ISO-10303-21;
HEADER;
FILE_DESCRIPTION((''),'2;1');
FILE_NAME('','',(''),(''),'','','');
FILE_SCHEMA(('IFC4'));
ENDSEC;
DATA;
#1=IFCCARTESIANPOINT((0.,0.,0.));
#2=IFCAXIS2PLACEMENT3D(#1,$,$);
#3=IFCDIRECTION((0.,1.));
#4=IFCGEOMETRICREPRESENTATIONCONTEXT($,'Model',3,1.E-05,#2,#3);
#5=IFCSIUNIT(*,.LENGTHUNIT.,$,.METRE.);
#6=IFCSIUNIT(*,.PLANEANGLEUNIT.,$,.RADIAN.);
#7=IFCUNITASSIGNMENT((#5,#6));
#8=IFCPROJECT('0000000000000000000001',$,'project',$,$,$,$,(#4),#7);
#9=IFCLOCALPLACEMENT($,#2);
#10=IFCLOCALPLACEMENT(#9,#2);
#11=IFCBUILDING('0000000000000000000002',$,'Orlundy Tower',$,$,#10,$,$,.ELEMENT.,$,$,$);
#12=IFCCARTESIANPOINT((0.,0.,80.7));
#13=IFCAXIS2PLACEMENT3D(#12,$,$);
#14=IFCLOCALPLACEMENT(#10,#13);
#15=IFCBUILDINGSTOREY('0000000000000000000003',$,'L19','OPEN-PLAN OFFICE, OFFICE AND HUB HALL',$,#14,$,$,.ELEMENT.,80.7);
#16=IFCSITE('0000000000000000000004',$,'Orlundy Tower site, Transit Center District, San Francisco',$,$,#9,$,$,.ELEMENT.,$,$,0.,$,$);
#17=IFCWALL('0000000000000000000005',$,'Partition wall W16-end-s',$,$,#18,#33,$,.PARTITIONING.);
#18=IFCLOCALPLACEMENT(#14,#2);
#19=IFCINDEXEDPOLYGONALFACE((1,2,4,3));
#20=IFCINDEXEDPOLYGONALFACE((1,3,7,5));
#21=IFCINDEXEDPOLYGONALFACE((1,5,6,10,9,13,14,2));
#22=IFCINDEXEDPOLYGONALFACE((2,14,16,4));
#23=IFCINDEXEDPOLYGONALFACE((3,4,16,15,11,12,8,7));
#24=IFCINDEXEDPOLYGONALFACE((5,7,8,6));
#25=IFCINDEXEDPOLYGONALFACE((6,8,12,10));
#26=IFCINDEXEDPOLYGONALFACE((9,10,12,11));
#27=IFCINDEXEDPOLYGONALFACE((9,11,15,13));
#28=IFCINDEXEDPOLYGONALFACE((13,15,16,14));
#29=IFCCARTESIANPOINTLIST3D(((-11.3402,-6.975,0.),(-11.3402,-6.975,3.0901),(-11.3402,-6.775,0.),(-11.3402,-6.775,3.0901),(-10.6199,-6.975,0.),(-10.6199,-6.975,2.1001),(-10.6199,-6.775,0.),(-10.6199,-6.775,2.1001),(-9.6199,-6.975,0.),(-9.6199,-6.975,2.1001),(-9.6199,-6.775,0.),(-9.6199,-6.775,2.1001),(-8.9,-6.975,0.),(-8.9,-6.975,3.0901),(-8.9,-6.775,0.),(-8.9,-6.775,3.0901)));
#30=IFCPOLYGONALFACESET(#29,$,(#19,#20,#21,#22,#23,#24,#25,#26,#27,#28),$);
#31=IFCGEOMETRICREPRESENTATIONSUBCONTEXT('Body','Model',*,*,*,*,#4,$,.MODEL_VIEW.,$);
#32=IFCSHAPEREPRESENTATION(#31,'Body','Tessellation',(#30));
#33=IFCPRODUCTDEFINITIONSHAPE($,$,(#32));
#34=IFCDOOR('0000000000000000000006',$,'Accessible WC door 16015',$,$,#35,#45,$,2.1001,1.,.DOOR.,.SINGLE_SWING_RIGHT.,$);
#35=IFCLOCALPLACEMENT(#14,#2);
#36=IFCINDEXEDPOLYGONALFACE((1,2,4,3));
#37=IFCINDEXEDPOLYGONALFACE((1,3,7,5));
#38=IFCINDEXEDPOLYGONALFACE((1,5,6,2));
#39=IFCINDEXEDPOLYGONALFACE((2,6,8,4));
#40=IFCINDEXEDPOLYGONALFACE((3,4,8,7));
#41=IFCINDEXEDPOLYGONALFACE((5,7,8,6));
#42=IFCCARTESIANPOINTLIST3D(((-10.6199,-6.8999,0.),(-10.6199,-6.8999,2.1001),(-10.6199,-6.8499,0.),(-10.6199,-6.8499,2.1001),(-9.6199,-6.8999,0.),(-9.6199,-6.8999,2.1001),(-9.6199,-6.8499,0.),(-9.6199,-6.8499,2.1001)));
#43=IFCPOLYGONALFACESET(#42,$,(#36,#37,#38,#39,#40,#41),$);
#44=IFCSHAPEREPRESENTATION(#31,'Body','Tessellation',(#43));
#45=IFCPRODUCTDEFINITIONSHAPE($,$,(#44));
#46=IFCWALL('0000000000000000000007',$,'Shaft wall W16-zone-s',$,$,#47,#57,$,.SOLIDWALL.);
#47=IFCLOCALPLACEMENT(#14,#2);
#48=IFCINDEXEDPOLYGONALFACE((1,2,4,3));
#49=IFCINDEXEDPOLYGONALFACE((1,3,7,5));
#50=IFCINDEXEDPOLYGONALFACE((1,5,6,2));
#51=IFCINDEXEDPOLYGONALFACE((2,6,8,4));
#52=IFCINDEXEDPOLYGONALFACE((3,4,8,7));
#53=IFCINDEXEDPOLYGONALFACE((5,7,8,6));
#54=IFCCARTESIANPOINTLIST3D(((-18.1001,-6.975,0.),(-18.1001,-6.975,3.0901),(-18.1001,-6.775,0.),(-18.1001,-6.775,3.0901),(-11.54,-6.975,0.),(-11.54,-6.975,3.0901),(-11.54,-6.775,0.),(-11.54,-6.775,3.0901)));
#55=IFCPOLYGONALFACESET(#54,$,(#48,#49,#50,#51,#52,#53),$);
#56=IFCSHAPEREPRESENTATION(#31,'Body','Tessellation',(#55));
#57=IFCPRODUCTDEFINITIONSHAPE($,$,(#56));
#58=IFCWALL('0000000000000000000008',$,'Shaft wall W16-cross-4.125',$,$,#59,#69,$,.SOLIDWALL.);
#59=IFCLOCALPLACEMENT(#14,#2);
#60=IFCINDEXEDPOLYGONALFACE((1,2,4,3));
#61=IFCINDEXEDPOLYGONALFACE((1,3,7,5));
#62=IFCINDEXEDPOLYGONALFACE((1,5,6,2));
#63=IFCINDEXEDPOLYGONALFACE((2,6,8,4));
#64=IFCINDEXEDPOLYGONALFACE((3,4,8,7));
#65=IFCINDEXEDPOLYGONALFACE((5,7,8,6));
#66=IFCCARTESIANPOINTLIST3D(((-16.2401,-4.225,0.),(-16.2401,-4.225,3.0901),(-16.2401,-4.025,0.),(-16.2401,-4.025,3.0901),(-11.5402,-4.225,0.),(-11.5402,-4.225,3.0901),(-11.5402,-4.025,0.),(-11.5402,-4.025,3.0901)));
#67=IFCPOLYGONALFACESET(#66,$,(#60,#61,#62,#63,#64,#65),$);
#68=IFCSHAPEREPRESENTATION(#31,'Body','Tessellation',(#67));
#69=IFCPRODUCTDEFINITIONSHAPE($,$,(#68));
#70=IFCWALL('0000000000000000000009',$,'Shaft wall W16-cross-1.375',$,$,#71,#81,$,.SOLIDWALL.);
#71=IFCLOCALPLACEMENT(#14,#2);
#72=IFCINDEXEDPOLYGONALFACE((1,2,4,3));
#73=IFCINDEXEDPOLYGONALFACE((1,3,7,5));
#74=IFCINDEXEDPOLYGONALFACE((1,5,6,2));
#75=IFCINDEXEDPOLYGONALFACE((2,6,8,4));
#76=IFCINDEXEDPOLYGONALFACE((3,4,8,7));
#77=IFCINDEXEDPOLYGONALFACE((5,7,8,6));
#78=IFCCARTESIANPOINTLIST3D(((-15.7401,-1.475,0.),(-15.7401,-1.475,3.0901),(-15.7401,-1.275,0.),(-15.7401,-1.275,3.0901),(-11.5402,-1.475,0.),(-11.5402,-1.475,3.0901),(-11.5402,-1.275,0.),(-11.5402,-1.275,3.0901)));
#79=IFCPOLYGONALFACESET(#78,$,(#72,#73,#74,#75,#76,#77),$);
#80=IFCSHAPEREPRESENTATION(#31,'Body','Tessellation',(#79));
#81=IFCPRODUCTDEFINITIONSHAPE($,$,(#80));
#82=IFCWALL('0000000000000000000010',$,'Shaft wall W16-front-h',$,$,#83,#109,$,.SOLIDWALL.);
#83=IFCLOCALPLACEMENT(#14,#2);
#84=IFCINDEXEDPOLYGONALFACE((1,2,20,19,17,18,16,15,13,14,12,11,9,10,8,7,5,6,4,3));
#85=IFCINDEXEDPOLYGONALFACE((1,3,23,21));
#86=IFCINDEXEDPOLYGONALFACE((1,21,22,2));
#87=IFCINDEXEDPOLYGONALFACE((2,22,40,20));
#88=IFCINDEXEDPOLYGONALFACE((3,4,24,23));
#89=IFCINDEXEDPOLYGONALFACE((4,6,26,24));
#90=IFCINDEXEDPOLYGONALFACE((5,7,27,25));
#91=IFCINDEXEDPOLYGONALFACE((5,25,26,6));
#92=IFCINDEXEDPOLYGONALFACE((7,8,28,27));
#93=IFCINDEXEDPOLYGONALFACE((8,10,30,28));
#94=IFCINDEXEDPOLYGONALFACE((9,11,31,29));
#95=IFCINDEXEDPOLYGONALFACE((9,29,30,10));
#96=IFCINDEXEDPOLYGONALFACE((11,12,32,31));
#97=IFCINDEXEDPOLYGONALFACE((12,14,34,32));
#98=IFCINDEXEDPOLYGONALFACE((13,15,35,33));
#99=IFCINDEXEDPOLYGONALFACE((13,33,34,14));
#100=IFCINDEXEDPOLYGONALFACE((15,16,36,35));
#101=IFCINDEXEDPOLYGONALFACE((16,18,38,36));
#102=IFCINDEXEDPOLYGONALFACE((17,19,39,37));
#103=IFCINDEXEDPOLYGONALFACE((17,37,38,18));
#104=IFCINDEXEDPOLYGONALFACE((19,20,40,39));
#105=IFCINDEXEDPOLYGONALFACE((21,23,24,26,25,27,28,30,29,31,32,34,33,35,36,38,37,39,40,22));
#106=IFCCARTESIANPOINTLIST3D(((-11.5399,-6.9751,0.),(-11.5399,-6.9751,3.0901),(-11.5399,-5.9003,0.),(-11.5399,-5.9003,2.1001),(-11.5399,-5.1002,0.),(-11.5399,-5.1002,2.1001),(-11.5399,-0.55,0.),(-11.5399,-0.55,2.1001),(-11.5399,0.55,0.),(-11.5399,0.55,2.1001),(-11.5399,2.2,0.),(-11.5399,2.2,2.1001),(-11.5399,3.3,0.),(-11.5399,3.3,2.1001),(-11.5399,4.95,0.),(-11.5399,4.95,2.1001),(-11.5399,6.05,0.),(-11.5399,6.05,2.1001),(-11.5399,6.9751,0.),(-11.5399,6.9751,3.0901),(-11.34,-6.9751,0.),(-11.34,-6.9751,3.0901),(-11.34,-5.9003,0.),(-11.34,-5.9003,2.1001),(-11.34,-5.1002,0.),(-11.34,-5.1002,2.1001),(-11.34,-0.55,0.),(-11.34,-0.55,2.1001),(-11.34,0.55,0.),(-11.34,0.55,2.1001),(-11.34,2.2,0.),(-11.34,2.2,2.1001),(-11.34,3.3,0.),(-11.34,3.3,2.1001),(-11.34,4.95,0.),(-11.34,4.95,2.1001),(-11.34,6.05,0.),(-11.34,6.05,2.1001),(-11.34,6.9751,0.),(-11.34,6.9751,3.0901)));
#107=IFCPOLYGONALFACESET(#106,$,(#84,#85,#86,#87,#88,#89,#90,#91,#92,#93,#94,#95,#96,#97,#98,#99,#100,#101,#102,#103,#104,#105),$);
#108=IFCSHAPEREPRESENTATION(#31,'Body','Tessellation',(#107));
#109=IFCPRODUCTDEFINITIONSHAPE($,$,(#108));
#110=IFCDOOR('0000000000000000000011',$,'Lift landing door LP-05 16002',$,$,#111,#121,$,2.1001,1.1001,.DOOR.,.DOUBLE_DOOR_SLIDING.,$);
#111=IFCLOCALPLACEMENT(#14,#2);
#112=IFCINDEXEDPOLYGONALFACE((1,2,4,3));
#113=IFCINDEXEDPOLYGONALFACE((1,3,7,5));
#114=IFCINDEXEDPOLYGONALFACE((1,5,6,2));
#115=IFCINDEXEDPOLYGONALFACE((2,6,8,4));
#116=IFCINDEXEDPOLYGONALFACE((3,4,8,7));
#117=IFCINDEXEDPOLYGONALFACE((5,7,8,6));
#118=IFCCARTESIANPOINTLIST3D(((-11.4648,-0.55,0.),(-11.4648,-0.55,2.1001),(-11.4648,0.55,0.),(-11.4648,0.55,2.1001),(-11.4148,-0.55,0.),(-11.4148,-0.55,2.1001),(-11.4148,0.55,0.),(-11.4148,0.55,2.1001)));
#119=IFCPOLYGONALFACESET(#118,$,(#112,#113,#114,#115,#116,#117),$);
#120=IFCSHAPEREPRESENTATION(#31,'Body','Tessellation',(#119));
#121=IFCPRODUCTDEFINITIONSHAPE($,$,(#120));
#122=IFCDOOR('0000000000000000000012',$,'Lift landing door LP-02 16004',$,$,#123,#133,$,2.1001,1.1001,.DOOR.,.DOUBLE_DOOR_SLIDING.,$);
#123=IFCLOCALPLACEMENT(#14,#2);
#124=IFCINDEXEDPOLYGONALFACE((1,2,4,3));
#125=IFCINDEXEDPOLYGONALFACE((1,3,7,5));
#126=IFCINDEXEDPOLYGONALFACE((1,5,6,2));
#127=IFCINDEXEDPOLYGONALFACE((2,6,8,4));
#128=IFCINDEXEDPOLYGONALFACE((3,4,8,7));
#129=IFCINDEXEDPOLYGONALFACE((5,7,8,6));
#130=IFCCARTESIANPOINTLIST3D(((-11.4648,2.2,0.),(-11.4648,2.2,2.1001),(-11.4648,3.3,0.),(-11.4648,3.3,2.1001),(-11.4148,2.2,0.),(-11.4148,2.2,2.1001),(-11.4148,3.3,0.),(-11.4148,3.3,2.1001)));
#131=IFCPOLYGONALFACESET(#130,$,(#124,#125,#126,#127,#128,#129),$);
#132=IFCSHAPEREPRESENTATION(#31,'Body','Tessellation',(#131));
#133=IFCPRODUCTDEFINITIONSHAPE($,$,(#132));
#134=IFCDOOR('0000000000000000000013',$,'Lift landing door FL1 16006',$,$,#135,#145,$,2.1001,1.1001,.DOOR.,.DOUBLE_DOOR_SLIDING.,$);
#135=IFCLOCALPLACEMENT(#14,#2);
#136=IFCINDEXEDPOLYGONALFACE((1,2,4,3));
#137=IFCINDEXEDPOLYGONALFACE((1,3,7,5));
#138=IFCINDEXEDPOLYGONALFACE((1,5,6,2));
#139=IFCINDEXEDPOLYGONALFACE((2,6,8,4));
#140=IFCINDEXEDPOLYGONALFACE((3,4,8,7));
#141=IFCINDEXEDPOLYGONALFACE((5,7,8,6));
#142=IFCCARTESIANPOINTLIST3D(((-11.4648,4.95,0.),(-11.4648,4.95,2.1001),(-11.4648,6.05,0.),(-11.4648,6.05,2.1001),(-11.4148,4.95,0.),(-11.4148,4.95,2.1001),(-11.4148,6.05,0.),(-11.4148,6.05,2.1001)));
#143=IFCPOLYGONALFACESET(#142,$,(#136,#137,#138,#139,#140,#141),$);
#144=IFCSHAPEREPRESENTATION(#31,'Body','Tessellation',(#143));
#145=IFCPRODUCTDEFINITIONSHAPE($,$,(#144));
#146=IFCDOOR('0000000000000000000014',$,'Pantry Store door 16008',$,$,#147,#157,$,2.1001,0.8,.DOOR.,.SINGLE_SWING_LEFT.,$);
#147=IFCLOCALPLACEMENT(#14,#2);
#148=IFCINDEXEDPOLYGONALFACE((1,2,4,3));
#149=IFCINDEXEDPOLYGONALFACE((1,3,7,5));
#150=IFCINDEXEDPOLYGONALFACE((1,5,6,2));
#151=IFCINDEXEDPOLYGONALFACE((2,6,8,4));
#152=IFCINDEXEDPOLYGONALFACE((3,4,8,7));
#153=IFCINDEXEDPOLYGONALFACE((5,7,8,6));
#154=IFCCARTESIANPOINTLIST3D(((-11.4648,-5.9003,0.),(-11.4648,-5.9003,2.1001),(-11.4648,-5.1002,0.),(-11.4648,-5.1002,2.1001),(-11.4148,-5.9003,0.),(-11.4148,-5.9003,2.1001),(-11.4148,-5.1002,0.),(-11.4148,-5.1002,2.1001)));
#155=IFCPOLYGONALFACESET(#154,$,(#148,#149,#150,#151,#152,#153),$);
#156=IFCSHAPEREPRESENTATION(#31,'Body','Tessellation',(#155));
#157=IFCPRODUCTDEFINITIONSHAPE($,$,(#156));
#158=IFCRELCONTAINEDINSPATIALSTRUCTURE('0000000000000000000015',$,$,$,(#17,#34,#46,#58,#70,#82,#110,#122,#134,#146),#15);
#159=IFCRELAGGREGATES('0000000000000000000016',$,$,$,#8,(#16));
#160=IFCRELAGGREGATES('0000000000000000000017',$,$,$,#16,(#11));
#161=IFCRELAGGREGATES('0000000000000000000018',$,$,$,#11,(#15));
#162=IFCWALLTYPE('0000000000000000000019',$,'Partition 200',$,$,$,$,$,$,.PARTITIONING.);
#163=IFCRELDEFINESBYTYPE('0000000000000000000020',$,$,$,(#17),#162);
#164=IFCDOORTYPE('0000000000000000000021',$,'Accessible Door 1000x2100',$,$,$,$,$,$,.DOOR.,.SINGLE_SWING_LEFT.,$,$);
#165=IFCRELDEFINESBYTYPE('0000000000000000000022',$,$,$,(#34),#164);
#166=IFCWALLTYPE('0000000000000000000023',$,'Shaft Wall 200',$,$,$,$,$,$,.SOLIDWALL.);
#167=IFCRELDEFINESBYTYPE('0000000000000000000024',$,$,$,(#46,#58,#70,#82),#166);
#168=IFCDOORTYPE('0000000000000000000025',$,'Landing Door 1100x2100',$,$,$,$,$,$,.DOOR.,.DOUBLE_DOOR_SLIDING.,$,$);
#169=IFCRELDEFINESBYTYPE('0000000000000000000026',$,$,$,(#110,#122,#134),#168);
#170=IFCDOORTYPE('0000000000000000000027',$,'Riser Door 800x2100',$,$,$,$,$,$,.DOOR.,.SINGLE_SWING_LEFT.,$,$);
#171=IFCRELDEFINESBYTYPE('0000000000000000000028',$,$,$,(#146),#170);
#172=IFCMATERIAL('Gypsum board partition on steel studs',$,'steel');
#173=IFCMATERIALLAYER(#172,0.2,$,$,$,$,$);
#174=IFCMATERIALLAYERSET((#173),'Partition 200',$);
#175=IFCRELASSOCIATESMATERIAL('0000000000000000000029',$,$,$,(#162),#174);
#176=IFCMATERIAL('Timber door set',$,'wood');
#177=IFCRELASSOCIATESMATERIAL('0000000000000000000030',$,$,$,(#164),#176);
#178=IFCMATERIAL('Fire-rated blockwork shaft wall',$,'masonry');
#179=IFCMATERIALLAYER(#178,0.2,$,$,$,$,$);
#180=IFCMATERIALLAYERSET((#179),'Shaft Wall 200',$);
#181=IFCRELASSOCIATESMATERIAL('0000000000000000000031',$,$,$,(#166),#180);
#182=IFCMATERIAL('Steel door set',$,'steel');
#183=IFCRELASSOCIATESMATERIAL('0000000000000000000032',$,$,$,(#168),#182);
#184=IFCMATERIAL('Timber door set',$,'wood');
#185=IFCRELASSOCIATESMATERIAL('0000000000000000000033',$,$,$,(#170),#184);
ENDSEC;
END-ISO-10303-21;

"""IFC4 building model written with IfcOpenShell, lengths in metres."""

from ifc_helpers import new_model, si_unit, direction, frame, frame_2d, origin, place, context, subcontext, project, spatial, rectangle, extrude, material, layer, layer_set, type_object, element, fill, save


model = new_model("IFC4")

# Units and contexts
model_context = context("Model", 3, precision=1e-05, world=origin(), true_north=direction((0.0, 1.0)))
body_context = subcontext(model_context, "Body", "Model", "MODEL_VIEW")
ifc_project = project(units=[si_unit("LENGTHUNIT", "METRE"), si_unit("PLANEANGLEUNIT", "RADIAN")], contexts=[model_context])

# Site, building, storey
site_placement = place(None, origin())
site = spatial("IfcSite", under=ifc_project, at=site_placement, Name="Orlundy Tower site, Transit Center District, San Francisco", CompositionType="ELEMENT", RefElevation=0.0)
building_placement = place(site_placement, origin())
building = spatial("IfcBuilding", under=site, at=building_placement, Name="Orlundy Tower", CompositionType="ELEMENT")
storey_placement = place(building_placement, frame((0.0, 0.0, 80.7)))
storey = spatial("IfcBuildingStorey", under=building, at=storey_placement, Name="L19", Description="OPEN-PLAN OFFICE, OFFICE AND HUB HALL", CompositionType="ELEMENT", Elevation=80.7)

# Wall, opening, door
ifc_material_1 = material(Name="Gypsum board partition on steel studs", Category="steel")
ifc_layer_1 = layer(ifc_material_1, 0.2)
ifc_layer_set_1 = layer_set([ifc_layer_1], Name="Partition 200")
wall_type_1 = type_object("IfcWallType", Name="Partition 200", PredefinedType="PARTITIONING", material=ifc_layer_set_1)
wall_1_placement = place(storey_placement, frame((-8.8999, -6.875, 0.0), z_axis=(0.0, 0.0, 1.0), x_axis=(-1.0, 0.0, 0.0)))
wall_1 = element("IfcWall", 1, at=wall_1_placement, inside=storey, type_object=wall_type_1, Name="Partition wall W16-end-s", PredefinedType="PARTITIONING", context=body_context, shape_type="SweptSolid", body=[
    extrude(rectangle(XDim=2.4402, YDim=0.2, at=frame_2d((1.2202, 0.0))), origin(), (0.0, 0.0, 1.0), 3.0901),
])
opening_1_placement = place(wall_1_placement, frame((0.72, 0.0, 0.0)))
opening_1 = element("IfcOpeningElement", 2, at=opening_1_placement, cuts=wall_1, PredefinedType="OPENING", context=body_context, shape_type="SweptSolid", body=[
    extrude(rectangle(XDim=1.0, YDim=2.1001, at=frame_2d((0.5, 1.05))), frame((0.0, 0.1101, 0.0), z_axis=(0.0, -1.0, 0.0), x_axis=(1.0, 0.0, 0.0)), (0.0, 0.0, 1.0), 0.2202),
])
ifc_material_2 = material(Name="Timber door set", Category="wood")
door_type_1 = type_object("IfcDoorType", Name="Accessible Door 1000x2100", OperationType="SINGLE_SWING_LEFT", PredefinedType="DOOR", material=ifc_material_2)
door_1_placement = place(opening_1_placement, origin())
door_1 = element("IfcDoor", 3, at=door_1_placement, inside=storey, type_object=door_type_1, Name="Accessible WC door 16015", OperationType="SINGLE_SWING_RIGHT", OverallHeight=2.1001, OverallWidth=1.0, PredefinedType="DOOR", context=body_context, shape_type="SweptSolid", body=[
    extrude(rectangle(XDim=1.0, YDim=2.1001, at=frame_2d((0.5, 1.05))), frame((0.0, 0.0249, 0.0), z_axis=(0.0, -1.0, 0.0), x_axis=(1.0, 0.0, 0.0)), (0.0, 0.0, 1.0), 0.05),
])
fill(opening_1, door_1)

# Walls
ifc_material_3 = material(Name="Fire-rated blockwork shaft wall", Category="masonry")
ifc_layer_2 = layer(ifc_material_3, 0.2)
ifc_layer_set_2 = layer_set([ifc_layer_2], Name="Shaft Wall 200")
wall_type_2 = type_object("IfcWallType", Name="Shaft Wall 200", PredefinedType="SOLIDWALL", material=ifc_layer_set_2)
wall_2_placement = place(storey_placement, frame((-11.54, -6.875, 0.0), z_axis=(0.0, 0.0, 1.0), x_axis=(-1.0, 0.0, 0.0)))
element("IfcWall", 4, at=wall_2_placement, inside=storey, type_object=wall_type_2, Name="Shaft wall W16-zone-s", PredefinedType="SOLIDWALL", context=body_context, shape_type="SweptSolid", body=[
    extrude(rectangle(XDim=6.5601, YDim=0.2, at=frame_2d((3.28, 0.0))), origin(), (0.0, 0.0, 1.0), 3.0901),
])
wall_3_placement = place(storey_placement, frame((-11.54, -4.125, 0.0), z_axis=(0.0, 0.0, 1.0), x_axis=(-1.0, 0.0, 0.0)))
element("IfcWall", 5, at=wall_3_placement, inside=storey, type_object=wall_type_2, Name="Shaft wall W16-cross-4.125", PredefinedType="SOLIDWALL", context=body_context, shape_type="SweptSolid", body=[
    extrude(rectangle(XDim=4.7, YDim=0.2, at=frame_2d((2.3501, 0.0))), origin(), (0.0, 0.0, 1.0), 3.0901),
])
wall_4_placement = place(storey_placement, frame((-11.54, -1.375, 0.0), z_axis=(0.0, 0.0, 1.0), x_axis=(-1.0, 0.0, 0.0)))
element("IfcWall", 6, at=wall_4_placement, inside=storey, type_object=wall_type_2, Name="Shaft wall W16-cross-1.375", PredefinedType="SOLIDWALL", context=body_context, shape_type="SweptSolid", body=[
    extrude(rectangle(XDim=4.2, YDim=0.2, at=frame_2d((2.1001, 0.0))), origin(), (0.0, 0.0, 1.0), 3.0901),
])

# Wall, openings, doors
wall_5_placement = place(storey_placement, frame((-11.4399, -6.9751, 0.0), z_axis=(0.0, 0.0, 1.0), x_axis=(0.0, 1.0, 0.0)))
wall_5 = element("IfcWall", 7, at=wall_5_placement, inside=storey, type_object=wall_type_2, Name="Shaft wall W16-front-h", PredefinedType="SOLIDWALL", context=body_context, shape_type="SweptSolid", body=[
    extrude(rectangle(XDim=13.9502, YDim=0.2, at=frame_2d((6.9751, 0.0))), origin(), (0.0, 0.0, 1.0), 3.0901),
])
opening_2_placement = place(wall_5_placement, frame((6.425, 0.0, 0.0)))
opening_2 = element("IfcOpeningElement", 8, at=opening_2_placement, cuts=wall_5, PredefinedType="OPENING", context=body_context, shape_type="SweptSolid", body=[
    extrude(rectangle(XDim=1.1001, YDim=2.1001, at=frame_2d((0.55, 1.05))), frame((0.0, 0.1101, 0.0), z_axis=(0.0, -1.0, 0.0), x_axis=(1.0, 0.0, 0.0)), (0.0, 0.0, 1.0), 0.2202),
])
opening_3_placement = place(wall_5_placement, frame((9.175, 0.0, 0.0)))
opening_3 = element("IfcOpeningElement", 9, at=opening_3_placement, cuts=wall_5, PredefinedType="OPENING", context=body_context, shape_type="SweptSolid", body=[
    extrude(rectangle(XDim=1.1001, YDim=2.1001, at=frame_2d((0.55, 1.05))), frame((0.0, 0.1101, 0.0), z_axis=(0.0, -1.0, 0.0), x_axis=(1.0, 0.0, 0.0)), (0.0, 0.0, 1.0), 0.2202),
])
opening_4_placement = place(wall_5_placement, frame((11.925, 0.0, 0.0)))
opening_4 = element("IfcOpeningElement", 10, at=opening_4_placement, cuts=wall_5, PredefinedType="OPENING", context=body_context, shape_type="SweptSolid", body=[
    extrude(rectangle(XDim=1.1001, YDim=2.1001, at=frame_2d((0.55, 1.05))), frame((0.0, 0.1101, 0.0), z_axis=(0.0, -1.0, 0.0), x_axis=(1.0, 0.0, 0.0)), (0.0, 0.0, 1.0), 0.2202),
])
opening_5_placement = place(wall_5_placement, frame((1.075, 0.0, 0.0)))
opening_5 = element("IfcOpeningElement", 11, at=opening_5_placement, cuts=wall_5, PredefinedType="OPENING", context=body_context, shape_type="SweptSolid", body=[
    extrude(rectangle(XDim=0.8, YDim=2.1001, at=frame_2d((0.3999, 1.05))), frame((0.0, 0.1101, 0.0), z_axis=(0.0, -1.0, 0.0), x_axis=(1.0, 0.0, 0.0)), (0.0, 0.0, 1.0), 0.2202),
])
ifc_material_4 = material(Name="Steel door set", Category="steel")
door_type_2 = type_object("IfcDoorType", Name="Landing Door 1100x2100", OperationType="DOUBLE_DOOR_SLIDING", PredefinedType="DOOR", material=ifc_material_4)
door_2_placement = place(opening_2_placement, origin())
door_2 = element("IfcDoor", 12, at=door_2_placement, inside=storey, type_object=door_type_2, Name="Lift landing door LP-05 16002", OperationType="DOUBLE_DOOR_SLIDING", OverallHeight=2.1001, OverallWidth=1.1001, PredefinedType="DOOR", context=body_context, shape_type="SweptSolid", body=[
    extrude(rectangle(XDim=1.1001, YDim=2.1001, at=frame_2d((0.55, 1.05))), frame((0.0, 0.0249, 0.0), z_axis=(0.0, -1.0, 0.0), x_axis=(1.0, 0.0, 0.0)), (0.0, 0.0, 1.0), 0.05),
])
fill(opening_2, door_2)
door_3_placement = place(opening_3_placement, origin())
door_3 = element("IfcDoor", 13, at=door_3_placement, inside=storey, type_object=door_type_2, Name="Lift landing door LP-02 16004", OperationType="DOUBLE_DOOR_SLIDING", OverallHeight=2.1001, OverallWidth=1.1001, PredefinedType="DOOR", context=body_context, shape_type="SweptSolid", body=[
    extrude(rectangle(XDim=1.1001, YDim=2.1001, at=frame_2d((0.55, 1.05))), frame((0.0, 0.0249, 0.0), z_axis=(0.0, -1.0, 0.0), x_axis=(1.0, 0.0, 0.0)), (0.0, 0.0, 1.0), 0.05),
])
fill(opening_3, door_3)
door_4_placement = place(opening_4_placement, origin())
door_4 = element("IfcDoor", 14, at=door_4_placement, inside=storey, type_object=door_type_2, Name="Lift landing door FL1 16006", OperationType="DOUBLE_DOOR_SLIDING", OverallHeight=2.1001, OverallWidth=1.1001, PredefinedType="DOOR", context=body_context, shape_type="SweptSolid", body=[
    extrude(rectangle(XDim=1.1001, YDim=2.1001, at=frame_2d((0.55, 1.05))), frame((0.0, 0.0249, 0.0), z_axis=(0.0, -1.0, 0.0), x_axis=(1.0, 0.0, 0.0)), (0.0, 0.0, 1.0), 0.05),
])
fill(opening_4, door_4)
ifc_material_5 = material(Name="Timber door set", Category="wood")
door_type_3 = type_object("IfcDoorType", Name="Riser Door 800x2100", OperationType="SINGLE_SWING_LEFT", PredefinedType="DOOR", material=ifc_material_5)
door_5_placement = place(opening_5_placement, origin())
door_5 = element("IfcDoor", 15, at=door_5_placement, inside=storey, type_object=door_type_3, Name="Pantry Store door 16008", OperationType="SINGLE_SWING_LEFT", OverallHeight=2.1001, OverallWidth=0.8, PredefinedType="DOOR", context=body_context, shape_type="SweptSolid", body=[
    extrude(rectangle(XDim=0.8, YDim=2.1001, at=frame_2d((0.3999, 1.05))), frame((0.0, 0.0249, 0.0), z_axis=(0.0, -1.0, 0.0), x_axis=(1.0, 0.0, 0.0)), (0.0, 0.0, 1.0), 0.05),
])
fill(opening_5, door_5)

save(model, "model.ifc")
